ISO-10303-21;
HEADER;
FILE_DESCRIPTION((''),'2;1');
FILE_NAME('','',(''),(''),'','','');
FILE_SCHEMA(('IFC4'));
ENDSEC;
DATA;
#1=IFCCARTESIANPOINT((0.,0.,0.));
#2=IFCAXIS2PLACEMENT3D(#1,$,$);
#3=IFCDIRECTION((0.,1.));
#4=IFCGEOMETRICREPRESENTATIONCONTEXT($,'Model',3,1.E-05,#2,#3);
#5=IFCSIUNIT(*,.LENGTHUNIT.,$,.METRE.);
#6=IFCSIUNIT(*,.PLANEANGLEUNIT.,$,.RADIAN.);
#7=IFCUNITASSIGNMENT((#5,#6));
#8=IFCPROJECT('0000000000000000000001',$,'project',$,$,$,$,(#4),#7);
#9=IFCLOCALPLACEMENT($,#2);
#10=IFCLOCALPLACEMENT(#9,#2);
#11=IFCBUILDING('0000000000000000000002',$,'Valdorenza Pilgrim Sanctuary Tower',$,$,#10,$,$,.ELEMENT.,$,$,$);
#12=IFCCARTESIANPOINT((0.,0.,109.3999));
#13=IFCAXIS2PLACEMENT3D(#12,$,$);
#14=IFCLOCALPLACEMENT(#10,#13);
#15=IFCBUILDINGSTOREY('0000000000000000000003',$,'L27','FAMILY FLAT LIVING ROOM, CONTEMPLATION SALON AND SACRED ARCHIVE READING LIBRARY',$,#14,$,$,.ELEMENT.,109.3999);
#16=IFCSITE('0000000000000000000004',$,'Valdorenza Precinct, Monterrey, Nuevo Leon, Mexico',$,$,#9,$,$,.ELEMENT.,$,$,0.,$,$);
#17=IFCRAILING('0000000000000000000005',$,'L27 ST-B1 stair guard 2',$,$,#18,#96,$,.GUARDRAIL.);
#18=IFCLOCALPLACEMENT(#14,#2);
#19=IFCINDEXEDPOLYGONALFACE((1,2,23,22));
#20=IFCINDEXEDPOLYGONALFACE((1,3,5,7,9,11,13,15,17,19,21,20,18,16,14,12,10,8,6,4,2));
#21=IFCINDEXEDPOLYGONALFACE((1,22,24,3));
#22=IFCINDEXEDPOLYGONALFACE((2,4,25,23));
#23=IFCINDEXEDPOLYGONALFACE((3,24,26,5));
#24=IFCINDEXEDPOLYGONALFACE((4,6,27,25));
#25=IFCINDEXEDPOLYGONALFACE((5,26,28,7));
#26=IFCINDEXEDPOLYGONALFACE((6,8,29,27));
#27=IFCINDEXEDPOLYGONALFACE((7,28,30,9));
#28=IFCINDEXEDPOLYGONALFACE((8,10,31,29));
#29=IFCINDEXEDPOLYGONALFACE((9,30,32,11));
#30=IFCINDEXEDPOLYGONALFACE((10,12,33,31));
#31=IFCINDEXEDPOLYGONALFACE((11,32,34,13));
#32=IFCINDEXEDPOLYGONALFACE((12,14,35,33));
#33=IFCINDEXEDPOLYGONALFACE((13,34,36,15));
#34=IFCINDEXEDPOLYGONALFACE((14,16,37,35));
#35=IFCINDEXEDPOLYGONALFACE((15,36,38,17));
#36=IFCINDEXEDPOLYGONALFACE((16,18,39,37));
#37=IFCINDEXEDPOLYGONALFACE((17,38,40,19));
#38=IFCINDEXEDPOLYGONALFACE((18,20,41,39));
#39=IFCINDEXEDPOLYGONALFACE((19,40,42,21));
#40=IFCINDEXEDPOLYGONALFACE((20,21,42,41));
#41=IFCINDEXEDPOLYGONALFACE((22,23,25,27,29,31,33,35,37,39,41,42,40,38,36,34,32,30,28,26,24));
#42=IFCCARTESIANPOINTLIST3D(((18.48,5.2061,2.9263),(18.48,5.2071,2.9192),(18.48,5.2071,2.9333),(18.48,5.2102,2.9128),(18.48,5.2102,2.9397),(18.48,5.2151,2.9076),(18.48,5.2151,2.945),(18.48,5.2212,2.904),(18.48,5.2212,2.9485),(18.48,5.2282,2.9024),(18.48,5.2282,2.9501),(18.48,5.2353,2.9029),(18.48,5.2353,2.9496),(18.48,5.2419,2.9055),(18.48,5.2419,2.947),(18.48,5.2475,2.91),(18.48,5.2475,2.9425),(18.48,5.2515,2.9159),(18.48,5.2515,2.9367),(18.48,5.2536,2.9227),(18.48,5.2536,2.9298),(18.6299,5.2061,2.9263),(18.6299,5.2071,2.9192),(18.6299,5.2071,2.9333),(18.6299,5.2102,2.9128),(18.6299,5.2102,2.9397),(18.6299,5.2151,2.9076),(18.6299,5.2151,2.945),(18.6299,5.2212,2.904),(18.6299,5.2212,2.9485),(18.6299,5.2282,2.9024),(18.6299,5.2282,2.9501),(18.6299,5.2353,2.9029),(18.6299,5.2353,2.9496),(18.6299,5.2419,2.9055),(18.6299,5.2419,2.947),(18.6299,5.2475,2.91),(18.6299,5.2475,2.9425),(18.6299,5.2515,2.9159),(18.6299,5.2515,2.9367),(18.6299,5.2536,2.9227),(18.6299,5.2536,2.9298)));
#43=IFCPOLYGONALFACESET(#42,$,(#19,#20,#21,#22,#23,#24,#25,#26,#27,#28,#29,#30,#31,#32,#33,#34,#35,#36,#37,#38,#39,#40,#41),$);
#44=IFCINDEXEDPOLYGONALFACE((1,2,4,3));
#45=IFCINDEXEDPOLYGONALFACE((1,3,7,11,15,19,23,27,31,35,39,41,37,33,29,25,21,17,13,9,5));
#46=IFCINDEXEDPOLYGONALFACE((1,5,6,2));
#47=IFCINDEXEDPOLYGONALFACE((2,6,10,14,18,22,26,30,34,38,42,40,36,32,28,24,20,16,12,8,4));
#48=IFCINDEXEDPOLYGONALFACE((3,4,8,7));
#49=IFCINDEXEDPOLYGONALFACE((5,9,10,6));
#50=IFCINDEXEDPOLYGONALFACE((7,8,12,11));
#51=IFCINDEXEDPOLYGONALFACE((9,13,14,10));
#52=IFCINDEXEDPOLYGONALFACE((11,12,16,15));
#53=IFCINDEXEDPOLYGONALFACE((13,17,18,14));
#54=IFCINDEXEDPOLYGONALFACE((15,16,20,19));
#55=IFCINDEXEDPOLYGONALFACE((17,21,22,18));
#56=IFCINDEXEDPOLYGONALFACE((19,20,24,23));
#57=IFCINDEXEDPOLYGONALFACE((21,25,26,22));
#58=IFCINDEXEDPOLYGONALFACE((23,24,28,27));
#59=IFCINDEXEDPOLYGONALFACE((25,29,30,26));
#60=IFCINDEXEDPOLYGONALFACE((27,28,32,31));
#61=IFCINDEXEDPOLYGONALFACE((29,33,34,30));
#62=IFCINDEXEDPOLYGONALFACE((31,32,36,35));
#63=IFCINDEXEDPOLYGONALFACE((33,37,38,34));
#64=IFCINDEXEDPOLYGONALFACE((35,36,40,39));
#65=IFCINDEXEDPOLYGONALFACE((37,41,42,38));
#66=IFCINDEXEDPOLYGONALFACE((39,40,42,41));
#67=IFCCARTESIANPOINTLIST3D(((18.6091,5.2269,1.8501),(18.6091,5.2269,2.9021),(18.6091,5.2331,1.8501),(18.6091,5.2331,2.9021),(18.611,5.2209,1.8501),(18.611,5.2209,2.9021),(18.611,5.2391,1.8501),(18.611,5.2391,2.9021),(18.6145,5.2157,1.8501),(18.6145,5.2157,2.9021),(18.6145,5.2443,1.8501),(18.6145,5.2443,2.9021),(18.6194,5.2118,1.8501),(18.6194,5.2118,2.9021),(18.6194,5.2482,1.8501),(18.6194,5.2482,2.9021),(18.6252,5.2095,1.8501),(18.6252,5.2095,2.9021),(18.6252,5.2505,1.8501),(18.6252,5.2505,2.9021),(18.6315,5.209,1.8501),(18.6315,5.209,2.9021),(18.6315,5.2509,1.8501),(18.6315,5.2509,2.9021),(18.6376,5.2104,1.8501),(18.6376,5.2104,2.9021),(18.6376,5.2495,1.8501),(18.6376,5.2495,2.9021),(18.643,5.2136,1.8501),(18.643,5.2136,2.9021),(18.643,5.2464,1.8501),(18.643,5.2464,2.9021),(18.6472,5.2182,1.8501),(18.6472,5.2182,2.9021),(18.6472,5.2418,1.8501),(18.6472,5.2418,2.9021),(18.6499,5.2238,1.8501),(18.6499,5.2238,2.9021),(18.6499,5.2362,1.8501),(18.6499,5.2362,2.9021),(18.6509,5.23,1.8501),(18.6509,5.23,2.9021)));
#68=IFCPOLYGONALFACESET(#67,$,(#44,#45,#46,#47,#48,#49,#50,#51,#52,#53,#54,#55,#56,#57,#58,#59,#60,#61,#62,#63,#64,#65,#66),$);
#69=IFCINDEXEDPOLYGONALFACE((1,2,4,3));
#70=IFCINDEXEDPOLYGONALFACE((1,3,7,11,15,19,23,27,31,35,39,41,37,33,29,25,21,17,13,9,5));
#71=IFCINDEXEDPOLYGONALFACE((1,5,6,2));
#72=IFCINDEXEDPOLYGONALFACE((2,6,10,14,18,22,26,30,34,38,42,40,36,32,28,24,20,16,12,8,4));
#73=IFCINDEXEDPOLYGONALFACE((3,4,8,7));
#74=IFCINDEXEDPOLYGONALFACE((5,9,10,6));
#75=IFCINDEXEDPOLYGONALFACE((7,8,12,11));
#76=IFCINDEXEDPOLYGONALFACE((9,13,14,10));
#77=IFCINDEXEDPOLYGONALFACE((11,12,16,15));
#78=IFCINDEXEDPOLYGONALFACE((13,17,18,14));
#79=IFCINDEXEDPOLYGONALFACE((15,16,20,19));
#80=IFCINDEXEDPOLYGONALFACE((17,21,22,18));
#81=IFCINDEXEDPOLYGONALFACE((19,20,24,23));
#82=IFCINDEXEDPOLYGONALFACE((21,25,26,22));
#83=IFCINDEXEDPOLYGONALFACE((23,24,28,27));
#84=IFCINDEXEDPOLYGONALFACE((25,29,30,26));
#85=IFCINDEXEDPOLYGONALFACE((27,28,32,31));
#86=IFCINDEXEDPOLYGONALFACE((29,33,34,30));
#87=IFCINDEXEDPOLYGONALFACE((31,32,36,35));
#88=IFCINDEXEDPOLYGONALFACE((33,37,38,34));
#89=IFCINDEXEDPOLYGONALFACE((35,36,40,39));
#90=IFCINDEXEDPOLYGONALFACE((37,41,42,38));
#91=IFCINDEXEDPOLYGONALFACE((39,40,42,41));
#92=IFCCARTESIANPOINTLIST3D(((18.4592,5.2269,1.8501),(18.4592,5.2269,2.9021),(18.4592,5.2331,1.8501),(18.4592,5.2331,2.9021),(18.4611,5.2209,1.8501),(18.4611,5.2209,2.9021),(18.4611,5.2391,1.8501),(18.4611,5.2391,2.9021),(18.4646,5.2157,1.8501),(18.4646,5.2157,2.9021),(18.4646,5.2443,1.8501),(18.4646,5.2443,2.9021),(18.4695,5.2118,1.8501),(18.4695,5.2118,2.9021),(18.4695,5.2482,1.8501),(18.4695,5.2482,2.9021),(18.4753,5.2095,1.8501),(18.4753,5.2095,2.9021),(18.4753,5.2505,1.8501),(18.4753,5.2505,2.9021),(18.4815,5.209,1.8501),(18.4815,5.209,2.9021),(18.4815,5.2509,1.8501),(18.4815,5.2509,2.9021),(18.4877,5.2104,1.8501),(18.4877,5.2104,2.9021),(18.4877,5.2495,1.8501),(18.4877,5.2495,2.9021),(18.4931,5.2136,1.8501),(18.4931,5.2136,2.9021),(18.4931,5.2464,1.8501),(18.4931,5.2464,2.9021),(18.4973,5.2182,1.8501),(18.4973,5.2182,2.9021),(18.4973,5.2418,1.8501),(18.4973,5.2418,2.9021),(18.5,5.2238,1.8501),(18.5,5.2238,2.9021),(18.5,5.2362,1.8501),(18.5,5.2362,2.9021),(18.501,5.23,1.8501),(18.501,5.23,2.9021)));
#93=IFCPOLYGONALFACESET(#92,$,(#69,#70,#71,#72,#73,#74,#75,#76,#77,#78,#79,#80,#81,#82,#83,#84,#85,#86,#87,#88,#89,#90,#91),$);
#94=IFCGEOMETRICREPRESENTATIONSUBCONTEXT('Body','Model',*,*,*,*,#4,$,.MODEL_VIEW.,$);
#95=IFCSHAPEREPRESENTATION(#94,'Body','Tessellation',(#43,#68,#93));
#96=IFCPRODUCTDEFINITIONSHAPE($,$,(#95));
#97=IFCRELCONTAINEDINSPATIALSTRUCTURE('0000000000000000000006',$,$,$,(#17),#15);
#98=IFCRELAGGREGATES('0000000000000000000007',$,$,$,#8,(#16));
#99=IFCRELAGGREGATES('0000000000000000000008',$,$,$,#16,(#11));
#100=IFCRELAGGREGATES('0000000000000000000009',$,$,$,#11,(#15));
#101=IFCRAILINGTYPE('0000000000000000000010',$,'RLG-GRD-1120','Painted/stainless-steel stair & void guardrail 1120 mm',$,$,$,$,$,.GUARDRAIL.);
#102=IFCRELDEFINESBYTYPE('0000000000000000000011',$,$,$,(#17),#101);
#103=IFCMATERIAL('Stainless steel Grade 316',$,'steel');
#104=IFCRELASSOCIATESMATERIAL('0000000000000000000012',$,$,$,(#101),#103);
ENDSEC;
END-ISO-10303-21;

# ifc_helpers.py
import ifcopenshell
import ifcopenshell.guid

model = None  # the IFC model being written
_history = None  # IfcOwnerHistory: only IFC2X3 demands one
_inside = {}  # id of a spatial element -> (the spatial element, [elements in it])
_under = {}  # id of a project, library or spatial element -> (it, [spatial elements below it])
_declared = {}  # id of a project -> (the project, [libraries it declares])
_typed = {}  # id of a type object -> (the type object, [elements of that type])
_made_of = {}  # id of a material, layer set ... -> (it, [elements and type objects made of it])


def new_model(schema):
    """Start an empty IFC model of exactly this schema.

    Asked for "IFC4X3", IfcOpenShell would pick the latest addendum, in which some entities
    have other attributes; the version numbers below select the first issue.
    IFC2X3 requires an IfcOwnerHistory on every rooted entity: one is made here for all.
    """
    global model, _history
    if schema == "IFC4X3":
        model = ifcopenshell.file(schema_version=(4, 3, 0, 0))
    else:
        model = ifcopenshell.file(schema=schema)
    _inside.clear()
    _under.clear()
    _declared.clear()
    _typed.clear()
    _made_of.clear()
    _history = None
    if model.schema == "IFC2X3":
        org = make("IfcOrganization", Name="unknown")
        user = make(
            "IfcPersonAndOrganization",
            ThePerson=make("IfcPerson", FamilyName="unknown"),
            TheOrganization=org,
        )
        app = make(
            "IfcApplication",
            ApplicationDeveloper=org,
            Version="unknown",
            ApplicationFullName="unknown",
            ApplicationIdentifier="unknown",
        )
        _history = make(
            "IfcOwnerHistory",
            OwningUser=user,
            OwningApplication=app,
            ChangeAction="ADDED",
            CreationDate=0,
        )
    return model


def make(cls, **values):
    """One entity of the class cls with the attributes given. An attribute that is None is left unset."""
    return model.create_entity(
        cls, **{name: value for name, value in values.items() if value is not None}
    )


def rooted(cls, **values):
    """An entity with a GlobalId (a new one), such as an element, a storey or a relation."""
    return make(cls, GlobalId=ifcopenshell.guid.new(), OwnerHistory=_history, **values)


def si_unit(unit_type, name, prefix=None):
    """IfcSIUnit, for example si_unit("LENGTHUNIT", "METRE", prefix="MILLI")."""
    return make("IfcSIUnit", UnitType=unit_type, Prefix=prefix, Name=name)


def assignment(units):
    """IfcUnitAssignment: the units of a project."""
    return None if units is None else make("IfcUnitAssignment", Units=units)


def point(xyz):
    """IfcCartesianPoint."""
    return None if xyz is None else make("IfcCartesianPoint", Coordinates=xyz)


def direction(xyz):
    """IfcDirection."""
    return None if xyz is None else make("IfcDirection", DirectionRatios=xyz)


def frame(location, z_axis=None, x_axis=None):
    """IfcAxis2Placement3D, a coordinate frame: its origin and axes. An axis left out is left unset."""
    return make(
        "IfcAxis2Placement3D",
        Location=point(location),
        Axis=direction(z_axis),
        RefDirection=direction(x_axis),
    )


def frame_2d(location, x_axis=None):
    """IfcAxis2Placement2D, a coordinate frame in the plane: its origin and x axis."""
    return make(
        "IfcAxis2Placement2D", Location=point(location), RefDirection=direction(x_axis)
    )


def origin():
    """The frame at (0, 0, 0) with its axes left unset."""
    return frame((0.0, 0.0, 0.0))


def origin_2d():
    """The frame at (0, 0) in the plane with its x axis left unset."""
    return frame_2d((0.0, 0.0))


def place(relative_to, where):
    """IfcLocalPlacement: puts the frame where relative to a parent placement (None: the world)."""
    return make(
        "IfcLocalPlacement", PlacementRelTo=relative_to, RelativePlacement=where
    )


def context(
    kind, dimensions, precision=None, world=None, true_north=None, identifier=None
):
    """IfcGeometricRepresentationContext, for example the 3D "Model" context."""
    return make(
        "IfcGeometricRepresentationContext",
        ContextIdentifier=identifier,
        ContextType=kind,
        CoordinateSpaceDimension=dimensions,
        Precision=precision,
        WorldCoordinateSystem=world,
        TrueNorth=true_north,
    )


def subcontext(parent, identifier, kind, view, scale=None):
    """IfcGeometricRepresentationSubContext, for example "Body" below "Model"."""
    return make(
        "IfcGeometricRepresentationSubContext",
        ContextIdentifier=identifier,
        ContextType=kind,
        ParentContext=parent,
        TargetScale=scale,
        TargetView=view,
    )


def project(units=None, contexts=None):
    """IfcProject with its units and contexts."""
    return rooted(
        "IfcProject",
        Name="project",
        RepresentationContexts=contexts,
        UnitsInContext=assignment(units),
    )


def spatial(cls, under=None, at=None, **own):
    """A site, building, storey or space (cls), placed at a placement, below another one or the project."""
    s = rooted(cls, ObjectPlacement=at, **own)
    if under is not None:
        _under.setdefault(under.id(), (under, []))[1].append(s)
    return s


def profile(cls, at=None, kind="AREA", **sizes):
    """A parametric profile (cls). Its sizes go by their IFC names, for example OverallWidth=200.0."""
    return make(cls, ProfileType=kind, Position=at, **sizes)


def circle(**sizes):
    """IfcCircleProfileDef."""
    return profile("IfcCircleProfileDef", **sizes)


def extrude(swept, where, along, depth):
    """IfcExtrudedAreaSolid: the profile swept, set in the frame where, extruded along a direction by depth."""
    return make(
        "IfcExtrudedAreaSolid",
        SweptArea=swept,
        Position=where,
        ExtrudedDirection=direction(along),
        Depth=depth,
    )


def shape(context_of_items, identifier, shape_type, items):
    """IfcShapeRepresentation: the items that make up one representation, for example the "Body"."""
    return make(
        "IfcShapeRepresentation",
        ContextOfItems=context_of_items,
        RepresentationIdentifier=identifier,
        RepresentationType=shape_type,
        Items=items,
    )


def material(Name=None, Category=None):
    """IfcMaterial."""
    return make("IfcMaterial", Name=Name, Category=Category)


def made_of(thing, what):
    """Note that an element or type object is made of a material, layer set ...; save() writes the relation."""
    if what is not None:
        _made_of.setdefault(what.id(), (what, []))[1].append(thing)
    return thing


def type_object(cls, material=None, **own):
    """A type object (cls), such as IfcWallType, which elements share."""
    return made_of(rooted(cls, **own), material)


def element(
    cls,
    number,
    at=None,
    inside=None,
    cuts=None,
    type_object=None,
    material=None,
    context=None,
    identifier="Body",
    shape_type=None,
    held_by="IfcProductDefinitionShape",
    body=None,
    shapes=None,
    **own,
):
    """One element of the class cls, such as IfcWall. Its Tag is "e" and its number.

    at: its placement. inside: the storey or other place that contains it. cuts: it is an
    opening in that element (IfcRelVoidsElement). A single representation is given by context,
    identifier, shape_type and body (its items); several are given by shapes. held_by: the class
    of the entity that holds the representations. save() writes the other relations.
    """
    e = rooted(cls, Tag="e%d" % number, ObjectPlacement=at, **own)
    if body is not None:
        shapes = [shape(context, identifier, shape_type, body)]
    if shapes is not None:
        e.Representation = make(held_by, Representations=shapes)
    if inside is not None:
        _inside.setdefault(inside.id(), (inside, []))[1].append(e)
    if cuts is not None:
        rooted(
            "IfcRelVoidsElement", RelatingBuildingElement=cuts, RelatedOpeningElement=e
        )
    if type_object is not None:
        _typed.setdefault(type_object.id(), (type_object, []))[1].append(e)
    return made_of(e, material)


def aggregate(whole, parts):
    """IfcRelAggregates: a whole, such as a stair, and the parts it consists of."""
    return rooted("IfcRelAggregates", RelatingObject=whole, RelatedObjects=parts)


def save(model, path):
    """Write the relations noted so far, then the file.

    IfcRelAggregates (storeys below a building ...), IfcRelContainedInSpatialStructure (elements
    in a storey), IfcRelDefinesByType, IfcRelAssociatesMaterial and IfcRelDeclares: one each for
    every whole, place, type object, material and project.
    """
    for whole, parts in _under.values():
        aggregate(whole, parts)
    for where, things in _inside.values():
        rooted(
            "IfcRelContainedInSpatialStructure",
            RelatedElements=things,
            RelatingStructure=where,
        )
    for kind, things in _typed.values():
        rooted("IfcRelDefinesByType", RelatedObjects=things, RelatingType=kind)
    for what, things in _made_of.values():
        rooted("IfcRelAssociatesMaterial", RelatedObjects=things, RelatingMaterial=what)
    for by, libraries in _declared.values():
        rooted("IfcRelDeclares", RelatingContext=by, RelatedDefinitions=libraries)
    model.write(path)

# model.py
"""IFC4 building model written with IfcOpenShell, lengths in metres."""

from ifc_helpers import new_model, si_unit, direction, frame, origin, origin_2d, place, context, subcontext, project, spatial, circle, extrude, material, type_object, element, save


model = new_model("IFC4")

# Units and contexts
model_context = context("Model", 3, precision=1e-05, world=origin(), true_north=direction((0.0, 1.0)))
body_context = subcontext(model_context, "Body", "Model", "MODEL_VIEW")
ifc_project = project(units=[si_unit("LENGTHUNIT", "METRE"), si_unit("PLANEANGLEUNIT", "RADIAN")], contexts=[model_context])

# Site, building, storey
site_placement = place(None, origin())
site = spatial("IfcSite", under=ifc_project, at=site_placement, Name="Valdorenza Precinct, Monterrey, Nuevo Leon, Mexico", CompositionType="ELEMENT", RefElevation=0.0)
building_placement = place(site_placement, origin())
building = spatial("IfcBuilding", under=site, at=building_placement, Name="Valdorenza Pilgrim Sanctuary Tower", CompositionType="ELEMENT")
storey_placement = place(building_placement, frame((0.0, 0.0, 109.3999)))
storey = spatial("IfcBuildingStorey", under=building, at=storey_placement, Name="L27", Description="FAMILY FLAT LIVING ROOM, CONTEMPLATION SALON AND SACRED ARCHIVE READING LIBRARY", CompositionType="ELEMENT", Elevation=109.3999)

# Railing
ifc_material_1 = material(Name="Stainless steel Grade 316", Category="steel")
railing_type_1 = type_object("IfcRailingType", Name="RLG-GRD-1120", Description="Painted/stainless-steel stair & void guardrail 1120 mm", PredefinedType="GUARDRAIL", material=ifc_material_1)
railing_1_placement = place(storey_placement, frame((18.6299, 5.23, 1.8501)))
element("IfcRailing", 1, at=railing_1_placement, inside=storey, type_object=railing_type_1, Name="L27 ST-B1 stair guard 2", PredefinedType="GUARDRAIL", context=body_context, shape_type="SweptSolid", body=[
    extrude(circle(Radius=0.0239, at=origin_2d()), frame((0.0, 0.0, 1.0762), z_axis=(-1.0, 0.0, 0.0), x_axis=(0.0, -1.0, 0.0)), (0.0, 0.0, 1.0), 0.1499),
    extrude(circle(Radius=0.021, at=origin_2d()), origin(), (0.0, 0.0, 1.0), 1.052),
    extrude(circle(Radius=0.021, at=origin_2d()), frame((-0.1499, 0.0, 0.0)), (0.0, 0.0, 1.0), 1.052),
])

save(model, "model.ifc")
